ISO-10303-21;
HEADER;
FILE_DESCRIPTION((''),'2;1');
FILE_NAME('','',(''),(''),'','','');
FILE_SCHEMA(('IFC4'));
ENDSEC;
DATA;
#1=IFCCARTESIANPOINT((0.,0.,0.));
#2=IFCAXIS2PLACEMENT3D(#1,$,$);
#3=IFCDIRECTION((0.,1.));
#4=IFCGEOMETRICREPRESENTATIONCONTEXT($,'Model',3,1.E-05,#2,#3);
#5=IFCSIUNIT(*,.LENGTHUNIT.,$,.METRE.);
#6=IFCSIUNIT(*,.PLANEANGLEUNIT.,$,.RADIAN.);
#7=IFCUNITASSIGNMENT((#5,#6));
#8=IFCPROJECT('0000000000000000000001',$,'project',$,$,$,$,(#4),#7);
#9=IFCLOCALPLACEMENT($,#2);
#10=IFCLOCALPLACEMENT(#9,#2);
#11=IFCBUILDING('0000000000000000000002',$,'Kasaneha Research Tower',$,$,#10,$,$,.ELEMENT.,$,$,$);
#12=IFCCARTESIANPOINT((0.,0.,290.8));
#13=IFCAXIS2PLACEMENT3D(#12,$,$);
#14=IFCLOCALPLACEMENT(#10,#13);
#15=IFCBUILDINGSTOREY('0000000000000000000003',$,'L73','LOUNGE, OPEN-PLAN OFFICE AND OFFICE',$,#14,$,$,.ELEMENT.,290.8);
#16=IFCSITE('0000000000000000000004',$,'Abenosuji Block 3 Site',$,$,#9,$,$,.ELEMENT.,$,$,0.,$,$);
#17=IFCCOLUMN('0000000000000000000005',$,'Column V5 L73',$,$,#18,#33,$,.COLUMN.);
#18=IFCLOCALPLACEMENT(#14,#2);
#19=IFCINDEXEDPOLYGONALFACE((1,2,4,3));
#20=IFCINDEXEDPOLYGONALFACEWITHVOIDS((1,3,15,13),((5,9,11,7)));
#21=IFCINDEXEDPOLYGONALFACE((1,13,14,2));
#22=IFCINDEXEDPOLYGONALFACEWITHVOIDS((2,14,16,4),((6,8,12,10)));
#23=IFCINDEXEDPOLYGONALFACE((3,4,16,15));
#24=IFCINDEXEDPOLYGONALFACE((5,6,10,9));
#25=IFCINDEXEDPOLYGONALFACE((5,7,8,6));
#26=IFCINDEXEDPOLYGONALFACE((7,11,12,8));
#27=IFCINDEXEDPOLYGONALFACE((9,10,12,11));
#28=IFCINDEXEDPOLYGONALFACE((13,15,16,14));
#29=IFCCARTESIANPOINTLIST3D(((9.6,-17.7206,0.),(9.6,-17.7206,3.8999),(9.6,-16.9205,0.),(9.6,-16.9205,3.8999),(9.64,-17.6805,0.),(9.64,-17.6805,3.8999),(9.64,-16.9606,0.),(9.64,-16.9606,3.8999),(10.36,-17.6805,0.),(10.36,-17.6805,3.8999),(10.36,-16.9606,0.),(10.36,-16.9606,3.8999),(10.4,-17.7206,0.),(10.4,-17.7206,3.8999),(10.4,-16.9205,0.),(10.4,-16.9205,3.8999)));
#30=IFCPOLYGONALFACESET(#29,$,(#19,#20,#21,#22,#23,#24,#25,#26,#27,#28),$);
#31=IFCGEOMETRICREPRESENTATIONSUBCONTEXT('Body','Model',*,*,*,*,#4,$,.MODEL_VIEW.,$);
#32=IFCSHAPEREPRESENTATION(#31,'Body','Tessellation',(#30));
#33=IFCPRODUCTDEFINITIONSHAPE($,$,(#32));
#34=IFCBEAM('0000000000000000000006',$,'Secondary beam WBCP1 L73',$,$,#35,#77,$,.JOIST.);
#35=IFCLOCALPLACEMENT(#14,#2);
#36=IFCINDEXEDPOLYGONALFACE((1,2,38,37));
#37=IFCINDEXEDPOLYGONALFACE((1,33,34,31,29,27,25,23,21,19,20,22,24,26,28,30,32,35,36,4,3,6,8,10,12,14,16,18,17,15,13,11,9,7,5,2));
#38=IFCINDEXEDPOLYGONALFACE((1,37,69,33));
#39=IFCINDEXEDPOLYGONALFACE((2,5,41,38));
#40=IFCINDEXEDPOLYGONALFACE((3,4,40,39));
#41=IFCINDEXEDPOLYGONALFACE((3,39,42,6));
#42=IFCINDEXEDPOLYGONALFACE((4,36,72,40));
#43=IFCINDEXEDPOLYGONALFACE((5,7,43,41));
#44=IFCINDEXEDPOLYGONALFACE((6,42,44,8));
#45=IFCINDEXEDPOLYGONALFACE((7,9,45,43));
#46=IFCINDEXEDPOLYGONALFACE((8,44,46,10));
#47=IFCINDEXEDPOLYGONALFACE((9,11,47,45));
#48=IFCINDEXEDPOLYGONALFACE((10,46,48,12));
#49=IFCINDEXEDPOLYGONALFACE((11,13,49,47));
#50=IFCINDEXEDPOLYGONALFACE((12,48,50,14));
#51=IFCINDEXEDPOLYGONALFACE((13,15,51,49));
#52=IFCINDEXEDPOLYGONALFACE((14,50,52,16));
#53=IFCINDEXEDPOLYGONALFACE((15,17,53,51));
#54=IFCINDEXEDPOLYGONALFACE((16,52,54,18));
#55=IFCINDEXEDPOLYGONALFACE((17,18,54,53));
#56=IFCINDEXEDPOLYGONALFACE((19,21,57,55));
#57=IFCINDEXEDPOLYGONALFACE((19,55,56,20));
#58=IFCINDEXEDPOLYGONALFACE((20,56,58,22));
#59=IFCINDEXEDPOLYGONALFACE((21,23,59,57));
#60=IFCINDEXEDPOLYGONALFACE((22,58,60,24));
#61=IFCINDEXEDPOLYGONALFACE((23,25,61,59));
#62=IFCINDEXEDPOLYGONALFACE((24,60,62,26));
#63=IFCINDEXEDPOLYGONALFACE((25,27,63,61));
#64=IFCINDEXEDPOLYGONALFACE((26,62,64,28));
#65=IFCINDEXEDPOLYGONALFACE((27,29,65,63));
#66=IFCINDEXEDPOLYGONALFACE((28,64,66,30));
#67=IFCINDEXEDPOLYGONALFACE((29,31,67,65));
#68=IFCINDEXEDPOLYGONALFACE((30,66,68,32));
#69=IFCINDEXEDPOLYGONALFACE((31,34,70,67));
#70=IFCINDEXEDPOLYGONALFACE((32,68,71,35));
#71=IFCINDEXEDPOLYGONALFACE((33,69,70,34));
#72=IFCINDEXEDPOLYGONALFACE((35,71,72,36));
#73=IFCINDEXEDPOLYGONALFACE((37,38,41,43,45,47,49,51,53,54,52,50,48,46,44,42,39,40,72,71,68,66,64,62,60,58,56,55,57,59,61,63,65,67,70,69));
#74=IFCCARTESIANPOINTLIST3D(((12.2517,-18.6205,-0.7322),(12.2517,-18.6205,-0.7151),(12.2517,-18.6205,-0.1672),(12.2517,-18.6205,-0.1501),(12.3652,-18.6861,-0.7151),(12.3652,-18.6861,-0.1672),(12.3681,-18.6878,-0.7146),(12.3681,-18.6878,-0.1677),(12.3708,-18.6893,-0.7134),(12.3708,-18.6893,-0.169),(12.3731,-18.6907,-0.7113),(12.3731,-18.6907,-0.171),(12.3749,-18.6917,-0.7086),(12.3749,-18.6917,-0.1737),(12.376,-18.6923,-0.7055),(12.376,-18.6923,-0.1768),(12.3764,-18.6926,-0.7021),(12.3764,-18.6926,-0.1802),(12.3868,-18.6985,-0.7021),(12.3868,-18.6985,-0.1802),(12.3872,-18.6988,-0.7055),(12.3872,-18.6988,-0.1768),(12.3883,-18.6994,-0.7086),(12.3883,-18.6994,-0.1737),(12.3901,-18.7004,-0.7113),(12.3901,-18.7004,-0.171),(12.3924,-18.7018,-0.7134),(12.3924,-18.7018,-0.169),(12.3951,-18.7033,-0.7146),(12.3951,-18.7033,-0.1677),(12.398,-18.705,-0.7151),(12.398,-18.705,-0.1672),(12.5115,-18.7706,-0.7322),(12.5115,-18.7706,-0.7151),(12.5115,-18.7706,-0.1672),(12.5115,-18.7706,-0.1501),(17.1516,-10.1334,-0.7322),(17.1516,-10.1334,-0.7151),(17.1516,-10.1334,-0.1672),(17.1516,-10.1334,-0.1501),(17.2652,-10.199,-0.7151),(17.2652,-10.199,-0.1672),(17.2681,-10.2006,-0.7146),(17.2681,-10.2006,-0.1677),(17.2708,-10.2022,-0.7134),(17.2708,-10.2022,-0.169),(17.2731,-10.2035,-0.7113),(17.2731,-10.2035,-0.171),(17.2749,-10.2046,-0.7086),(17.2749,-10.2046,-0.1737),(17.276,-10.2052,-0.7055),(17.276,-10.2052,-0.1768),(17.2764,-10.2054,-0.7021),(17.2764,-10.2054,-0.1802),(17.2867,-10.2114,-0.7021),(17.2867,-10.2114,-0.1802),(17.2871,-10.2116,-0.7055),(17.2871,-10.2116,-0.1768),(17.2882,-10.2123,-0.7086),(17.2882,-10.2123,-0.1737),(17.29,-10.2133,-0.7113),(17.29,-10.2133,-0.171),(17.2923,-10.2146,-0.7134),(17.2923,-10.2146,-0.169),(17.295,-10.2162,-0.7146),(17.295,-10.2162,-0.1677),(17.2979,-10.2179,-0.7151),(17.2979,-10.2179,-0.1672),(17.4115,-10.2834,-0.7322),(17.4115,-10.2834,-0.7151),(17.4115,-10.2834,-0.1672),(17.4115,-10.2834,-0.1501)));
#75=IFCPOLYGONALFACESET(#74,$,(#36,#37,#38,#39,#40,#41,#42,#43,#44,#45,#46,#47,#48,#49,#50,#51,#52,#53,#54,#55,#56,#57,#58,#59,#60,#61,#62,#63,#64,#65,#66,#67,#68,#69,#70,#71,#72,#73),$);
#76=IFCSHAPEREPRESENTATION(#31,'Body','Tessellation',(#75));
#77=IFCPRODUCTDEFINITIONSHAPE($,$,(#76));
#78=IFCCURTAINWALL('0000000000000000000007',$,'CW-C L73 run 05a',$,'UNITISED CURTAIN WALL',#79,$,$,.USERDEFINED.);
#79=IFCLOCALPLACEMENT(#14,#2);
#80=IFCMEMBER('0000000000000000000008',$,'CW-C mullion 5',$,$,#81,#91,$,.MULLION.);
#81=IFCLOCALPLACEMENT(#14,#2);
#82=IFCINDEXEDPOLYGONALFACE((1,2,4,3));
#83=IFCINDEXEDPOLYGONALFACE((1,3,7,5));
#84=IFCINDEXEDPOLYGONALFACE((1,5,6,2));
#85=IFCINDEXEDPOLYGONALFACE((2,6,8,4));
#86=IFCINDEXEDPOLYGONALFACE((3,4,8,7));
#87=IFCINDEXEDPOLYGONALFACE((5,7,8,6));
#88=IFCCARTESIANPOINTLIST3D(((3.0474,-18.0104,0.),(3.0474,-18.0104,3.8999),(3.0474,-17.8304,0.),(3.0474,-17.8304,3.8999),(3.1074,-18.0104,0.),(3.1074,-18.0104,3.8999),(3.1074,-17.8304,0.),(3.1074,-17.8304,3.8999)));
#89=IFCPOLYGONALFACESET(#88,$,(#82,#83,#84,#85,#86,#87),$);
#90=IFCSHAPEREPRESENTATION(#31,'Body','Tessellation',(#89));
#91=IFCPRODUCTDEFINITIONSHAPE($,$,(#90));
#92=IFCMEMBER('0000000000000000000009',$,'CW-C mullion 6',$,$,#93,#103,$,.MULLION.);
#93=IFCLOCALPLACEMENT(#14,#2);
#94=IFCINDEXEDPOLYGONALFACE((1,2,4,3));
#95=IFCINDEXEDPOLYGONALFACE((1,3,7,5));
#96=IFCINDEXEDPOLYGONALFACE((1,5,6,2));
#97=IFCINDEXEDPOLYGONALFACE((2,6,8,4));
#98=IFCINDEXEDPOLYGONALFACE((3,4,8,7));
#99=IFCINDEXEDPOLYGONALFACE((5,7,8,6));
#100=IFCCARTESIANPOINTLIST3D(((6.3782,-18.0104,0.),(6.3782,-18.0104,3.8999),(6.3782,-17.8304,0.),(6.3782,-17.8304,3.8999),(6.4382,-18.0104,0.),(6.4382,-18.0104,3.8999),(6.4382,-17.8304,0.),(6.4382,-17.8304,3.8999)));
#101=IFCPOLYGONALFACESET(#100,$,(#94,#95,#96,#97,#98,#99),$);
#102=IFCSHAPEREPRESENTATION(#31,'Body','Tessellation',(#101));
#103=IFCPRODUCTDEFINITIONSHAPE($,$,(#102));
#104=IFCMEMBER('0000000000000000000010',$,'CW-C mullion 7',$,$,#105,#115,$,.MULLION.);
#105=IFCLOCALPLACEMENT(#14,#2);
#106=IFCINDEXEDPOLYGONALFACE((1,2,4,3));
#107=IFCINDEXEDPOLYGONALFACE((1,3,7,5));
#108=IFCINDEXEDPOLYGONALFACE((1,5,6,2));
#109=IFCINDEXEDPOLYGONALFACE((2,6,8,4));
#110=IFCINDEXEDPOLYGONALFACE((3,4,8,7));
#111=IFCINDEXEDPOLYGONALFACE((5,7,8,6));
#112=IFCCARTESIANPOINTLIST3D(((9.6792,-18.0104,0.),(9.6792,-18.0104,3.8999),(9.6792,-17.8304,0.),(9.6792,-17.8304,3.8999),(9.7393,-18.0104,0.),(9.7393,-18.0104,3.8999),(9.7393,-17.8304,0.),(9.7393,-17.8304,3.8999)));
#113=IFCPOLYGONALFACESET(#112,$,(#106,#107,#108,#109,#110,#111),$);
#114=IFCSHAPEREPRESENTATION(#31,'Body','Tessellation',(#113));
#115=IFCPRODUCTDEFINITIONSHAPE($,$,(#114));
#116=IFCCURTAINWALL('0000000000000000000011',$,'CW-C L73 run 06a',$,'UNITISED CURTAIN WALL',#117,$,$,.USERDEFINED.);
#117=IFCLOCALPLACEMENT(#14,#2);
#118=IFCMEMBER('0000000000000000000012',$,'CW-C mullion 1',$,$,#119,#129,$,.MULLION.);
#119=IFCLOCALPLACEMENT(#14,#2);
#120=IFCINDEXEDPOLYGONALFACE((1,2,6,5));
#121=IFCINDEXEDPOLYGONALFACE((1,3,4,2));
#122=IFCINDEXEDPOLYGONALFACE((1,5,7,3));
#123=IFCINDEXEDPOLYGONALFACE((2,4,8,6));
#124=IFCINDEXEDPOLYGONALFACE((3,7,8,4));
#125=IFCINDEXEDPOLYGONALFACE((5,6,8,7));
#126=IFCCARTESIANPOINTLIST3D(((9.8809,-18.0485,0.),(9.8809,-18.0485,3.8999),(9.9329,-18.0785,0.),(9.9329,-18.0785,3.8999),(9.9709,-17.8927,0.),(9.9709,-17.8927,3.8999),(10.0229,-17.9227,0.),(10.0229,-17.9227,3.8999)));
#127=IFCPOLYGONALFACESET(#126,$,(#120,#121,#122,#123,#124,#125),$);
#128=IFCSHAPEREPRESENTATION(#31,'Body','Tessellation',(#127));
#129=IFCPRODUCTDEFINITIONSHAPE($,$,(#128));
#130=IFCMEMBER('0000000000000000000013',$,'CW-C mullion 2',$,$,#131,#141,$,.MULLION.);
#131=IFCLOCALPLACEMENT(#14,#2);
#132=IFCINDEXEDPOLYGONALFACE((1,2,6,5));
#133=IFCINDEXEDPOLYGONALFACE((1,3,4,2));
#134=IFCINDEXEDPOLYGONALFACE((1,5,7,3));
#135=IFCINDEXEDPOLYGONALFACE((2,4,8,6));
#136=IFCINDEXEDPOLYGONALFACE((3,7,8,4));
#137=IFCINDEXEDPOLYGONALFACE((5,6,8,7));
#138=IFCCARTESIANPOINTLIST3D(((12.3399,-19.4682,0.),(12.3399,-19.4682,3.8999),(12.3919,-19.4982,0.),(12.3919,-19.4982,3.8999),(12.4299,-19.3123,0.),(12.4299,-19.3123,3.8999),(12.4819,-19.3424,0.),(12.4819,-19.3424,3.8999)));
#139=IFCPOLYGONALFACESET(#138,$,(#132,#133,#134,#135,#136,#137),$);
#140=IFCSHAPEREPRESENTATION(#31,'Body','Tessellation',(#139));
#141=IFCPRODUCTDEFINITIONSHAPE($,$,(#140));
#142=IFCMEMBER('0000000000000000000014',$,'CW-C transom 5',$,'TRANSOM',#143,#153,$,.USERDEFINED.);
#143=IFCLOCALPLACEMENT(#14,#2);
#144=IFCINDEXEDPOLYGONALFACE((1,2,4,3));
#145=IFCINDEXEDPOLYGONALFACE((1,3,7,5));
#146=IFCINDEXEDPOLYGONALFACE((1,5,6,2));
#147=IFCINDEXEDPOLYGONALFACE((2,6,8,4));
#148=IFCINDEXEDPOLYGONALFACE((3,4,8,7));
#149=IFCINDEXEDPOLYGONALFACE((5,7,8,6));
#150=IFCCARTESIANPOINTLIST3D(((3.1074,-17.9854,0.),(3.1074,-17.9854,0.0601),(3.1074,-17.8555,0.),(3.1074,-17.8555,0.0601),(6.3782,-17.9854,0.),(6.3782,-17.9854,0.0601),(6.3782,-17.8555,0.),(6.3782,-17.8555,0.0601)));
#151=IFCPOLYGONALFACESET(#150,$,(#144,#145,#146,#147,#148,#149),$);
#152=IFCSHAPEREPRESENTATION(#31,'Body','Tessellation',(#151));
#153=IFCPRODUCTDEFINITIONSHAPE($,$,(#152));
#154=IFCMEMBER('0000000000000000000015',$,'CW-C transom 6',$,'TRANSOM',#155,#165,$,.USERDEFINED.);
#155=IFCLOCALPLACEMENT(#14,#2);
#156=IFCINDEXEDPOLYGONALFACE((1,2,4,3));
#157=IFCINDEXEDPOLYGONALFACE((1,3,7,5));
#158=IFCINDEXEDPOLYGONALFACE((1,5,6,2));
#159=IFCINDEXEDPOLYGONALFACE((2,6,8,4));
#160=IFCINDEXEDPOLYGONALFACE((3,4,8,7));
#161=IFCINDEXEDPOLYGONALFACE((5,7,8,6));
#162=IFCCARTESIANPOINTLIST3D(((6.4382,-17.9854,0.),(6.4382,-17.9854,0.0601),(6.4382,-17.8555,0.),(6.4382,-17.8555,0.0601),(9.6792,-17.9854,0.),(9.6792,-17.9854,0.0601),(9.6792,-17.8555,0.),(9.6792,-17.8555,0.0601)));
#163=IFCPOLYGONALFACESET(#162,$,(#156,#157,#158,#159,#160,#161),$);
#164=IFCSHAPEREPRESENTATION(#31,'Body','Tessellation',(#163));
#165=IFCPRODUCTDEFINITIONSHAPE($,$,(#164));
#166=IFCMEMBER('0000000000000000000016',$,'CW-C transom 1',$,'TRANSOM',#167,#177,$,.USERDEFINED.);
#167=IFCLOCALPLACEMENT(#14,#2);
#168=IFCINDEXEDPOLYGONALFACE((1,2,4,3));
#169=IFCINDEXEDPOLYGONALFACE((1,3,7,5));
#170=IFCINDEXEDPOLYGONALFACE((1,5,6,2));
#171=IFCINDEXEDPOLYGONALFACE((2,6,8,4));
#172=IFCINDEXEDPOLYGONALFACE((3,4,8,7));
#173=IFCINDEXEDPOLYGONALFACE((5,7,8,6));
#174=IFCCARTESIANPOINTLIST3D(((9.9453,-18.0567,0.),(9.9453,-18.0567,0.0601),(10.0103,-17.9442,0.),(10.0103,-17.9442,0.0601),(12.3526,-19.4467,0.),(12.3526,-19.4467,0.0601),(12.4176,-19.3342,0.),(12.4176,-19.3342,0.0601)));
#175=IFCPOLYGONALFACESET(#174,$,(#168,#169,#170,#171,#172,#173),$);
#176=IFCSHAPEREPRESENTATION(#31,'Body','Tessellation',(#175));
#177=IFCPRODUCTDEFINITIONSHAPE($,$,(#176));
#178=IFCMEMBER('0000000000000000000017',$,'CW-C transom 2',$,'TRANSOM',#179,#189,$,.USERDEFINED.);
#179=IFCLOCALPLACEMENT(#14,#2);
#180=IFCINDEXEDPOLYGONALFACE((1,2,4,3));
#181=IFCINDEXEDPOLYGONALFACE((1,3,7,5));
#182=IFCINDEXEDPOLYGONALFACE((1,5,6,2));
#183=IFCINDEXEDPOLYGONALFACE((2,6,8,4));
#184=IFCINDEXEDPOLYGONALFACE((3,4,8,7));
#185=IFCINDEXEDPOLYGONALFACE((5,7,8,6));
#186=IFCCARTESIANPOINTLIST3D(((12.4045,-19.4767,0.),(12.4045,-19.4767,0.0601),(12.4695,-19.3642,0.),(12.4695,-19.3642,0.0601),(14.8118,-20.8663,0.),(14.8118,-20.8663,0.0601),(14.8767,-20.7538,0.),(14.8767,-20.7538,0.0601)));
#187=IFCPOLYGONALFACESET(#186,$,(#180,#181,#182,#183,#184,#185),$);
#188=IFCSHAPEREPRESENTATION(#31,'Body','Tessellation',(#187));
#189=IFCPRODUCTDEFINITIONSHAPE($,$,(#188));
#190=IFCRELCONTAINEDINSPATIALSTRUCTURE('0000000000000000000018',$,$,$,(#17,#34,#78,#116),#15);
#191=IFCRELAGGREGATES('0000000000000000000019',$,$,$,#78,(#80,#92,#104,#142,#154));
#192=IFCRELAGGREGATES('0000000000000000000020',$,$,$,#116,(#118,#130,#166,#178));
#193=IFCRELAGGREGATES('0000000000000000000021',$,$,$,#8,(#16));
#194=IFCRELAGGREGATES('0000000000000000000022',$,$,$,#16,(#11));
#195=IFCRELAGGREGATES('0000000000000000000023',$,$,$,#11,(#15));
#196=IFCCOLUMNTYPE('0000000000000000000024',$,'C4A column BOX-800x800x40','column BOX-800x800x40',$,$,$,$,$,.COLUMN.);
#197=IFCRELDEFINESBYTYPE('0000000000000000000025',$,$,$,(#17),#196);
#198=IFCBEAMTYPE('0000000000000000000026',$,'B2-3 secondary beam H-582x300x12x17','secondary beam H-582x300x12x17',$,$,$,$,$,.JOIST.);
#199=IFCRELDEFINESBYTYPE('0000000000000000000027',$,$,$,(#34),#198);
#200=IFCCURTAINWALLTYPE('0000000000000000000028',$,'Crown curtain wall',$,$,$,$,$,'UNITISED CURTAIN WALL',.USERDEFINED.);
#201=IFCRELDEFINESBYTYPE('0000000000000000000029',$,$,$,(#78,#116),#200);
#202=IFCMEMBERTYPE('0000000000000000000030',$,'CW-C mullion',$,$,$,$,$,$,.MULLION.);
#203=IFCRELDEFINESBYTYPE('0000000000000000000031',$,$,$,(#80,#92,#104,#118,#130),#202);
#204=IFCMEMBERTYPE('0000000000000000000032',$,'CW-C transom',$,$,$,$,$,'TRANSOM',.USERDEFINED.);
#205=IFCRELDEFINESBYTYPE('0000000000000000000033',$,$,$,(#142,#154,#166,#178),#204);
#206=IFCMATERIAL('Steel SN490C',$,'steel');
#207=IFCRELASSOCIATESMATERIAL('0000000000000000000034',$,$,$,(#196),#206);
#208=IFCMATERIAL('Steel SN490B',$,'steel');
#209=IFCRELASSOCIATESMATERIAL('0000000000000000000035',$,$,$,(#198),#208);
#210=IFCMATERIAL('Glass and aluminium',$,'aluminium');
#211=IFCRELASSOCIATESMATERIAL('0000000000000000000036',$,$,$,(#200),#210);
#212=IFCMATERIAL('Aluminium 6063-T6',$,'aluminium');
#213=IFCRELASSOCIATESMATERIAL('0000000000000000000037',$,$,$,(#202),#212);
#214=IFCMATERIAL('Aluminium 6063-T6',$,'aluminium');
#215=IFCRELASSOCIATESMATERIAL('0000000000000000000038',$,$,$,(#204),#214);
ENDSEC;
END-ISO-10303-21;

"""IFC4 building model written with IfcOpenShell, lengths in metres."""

from ifc_helpers import new_model, si_unit, direction, frame, origin, origin_2d, place, context, subcontext, project, spatial, rectangle, hollow_rectangle, i_section, extrude, material, material_profile, profile_set, type_object, element, aggregate, save


model = new_model("IFC4")

# Units and contexts
model_context = context("Model", 3, precision=1e-05, world=origin(), true_north=direction((0.0, 1.0)))
body_context = subcontext(model_context, "Body", "Model", "MODEL_VIEW")
ifc_project = project(units=[si_unit("LENGTHUNIT", "METRE"), si_unit("PLANEANGLEUNIT", "RADIAN")], contexts=[model_context])

# Site, building, storey
site_placement = place(None, origin())
site = spatial("IfcSite", under=ifc_project, at=site_placement, Name="Abenosuji Block 3 Site", CompositionType="ELEMENT", RefElevation=0.0)
building_placement = place(site_placement, origin())
building = spatial("IfcBuilding", under=site, at=building_placement, Name="Kasaneha Research Tower", CompositionType="ELEMENT")
storey_placement = place(building_placement, frame((0.0, 0.0, 290.8)))
storey = spatial("IfcBuildingStorey", under=building, at=storey_placement, Name="L73", Description="LOUNGE, OPEN-PLAN OFFICE AND OFFICE", CompositionType="ELEMENT", Elevation=290.8)

# Column
ifc_material_1 = material(Name="Steel SN490C", Category="steel")
ifc_material_profile_1 = material_profile(ifc_material_1, hollow_rectangle(XDim=0.8, YDim=0.8, WallThickness=0.04, at=origin_2d()), Name="BOX-800x800x40")
ifc_profile_set_1 = profile_set([ifc_material_profile_1], Name="Steel SN490C")
column_type = type_object("IfcColumnType", Name="C4A column BOX-800x800x40", Description="column BOX-800x800x40", PredefinedType="COLUMN", material=ifc_profile_set_1)
column_placement = place(storey_placement, frame((10.0, -17.3206, 0.0), z_axis=(0.0, 0.0, 1.0), x_axis=(1.0, 0.0, 0.0)))
element("IfcColumn", 1, at=column_placement, inside=storey, type_object=column_type, Name="Column V5 L73", PredefinedType="COLUMN", context=body_context, shape_type="SweptSolid", body=[
    extrude(hollow_rectangle(XDim=0.8, YDim=0.8, WallThickness=0.04, at=origin_2d()), origin(), (0.0, 0.0, 1.0), 3.8999),
])

# Beam
ifc_material_2 = material(Name="Steel SN490B", Category="steel")
ifc_material_profile_2 = material_profile(ifc_material_2, i_section(OverallWidth=0.3, OverallDepth=0.582, WebThickness=0.012, FlangeThickness=0.0171, FilletRadius=0.0129, at=origin_2d()), Name="H-582x300x12x17")
ifc_profile_set_2 = profile_set([ifc_material_profile_2], Name="Steel SN490B")
beam_type_1 = type_object("IfcBeamType", Name="B2-3 secondary beam H-582x300x12x17", Description="secondary beam H-582x300x12x17", PredefinedType="JOIST", material=ifc_profile_set_2)
beam_1_placement = place(storey_placement, frame((12.3816, -18.6956, -0.4412), z_axis=(0.499992, 0.86603, 0.0), x_axis=(-0.86603, 0.499992, 0.0)))
element("IfcBeam", 2, at=beam_1_placement, inside=storey, type_object=beam_type_1, Name="Secondary beam WBCP1 L73", PredefinedType="JOIST", context=body_context, shape_type="SweptSolid", body=[
    extrude(i_section(OverallWidth=0.3, OverallDepth=0.582, WebThickness=0.012, FlangeThickness=0.0171, FilletRadius=0.0129, at=origin_2d()), origin(), (0.0, 0.0, 1.0), 9.8),
])

# Curtain walls, members
ifc_material_3 = material(Name="Glass and aluminium", Category="aluminium")
curtain_wall_type = type_object("IfcCurtainWallType", Name="Crown curtain wall", ElementType="UNITISED CURTAIN WALL", PredefinedType="USERDEFINED", material=ifc_material_3)
curtain_wall_1_placement = place(storey_placement, origin())
curtain_wall_1 = element("IfcCurtainWall", 3, at=curtain_wall_1_placement, inside=storey, type_object=curtain_wall_type, Name="CW-C L73 run 05a", ObjectType="UNITISED CURTAIN WALL", PredefinedType="USERDEFINED")
ifc_material_4 = material(Name="Aluminium 6063-T6", Category="aluminium")
ifc_material_profile_3 = material_profile(ifc_material_4, rectangle(XDim=0.0601, YDim=0.1799, at=origin_2d()), Name="CW-C mullion 60x180")
ifc_profile_set_3 = profile_set([ifc_material_profile_3], Name="Aluminium 6063-T6")
member_type_1 = type_object("IfcMemberType", Name="CW-C mullion", PredefinedType="MULLION", material=ifc_profile_set_3)
member_1_placement = place(storey_placement, frame((3.0774, -17.9204, 0.0), z_axis=(0.0, 0.0, 1.0), x_axis=(1.0, 0.0, 0.0)))
member_1 = element("IfcMember", 4, at=member_1_placement, type_object=member_type_1, Name="CW-C mullion 5", PredefinedType="MULLION", context=body_context, shape_type="SweptSolid", body=[
    extrude(rectangle(XDim=0.0601, YDim=0.1799, at=origin_2d()), origin(), (0.0, 0.0, 1.0), 3.8999),
])
member_2_placement = place(storey_placement, frame((6.4082, -17.9204, 0.0), z_axis=(0.0, 0.0, 1.0), x_axis=(1.0, 0.0, 0.0)))
member_2 = element("IfcMember", 5, at=member_2_placement, type_object=member_type_1, Name="CW-C mullion 6", PredefinedType="MULLION", context=body_context, shape_type="SweptSolid", body=[
    extrude(rectangle(XDim=0.0601, YDim=0.1799, at=origin_2d()), origin(), (0.0, 0.0, 1.0), 3.8999),
])
member_3_placement = place(storey_placement, frame((9.7092, -17.9204, 0.0), z_axis=(0.0, 0.0, 1.0), x_axis=(1.0, 0.0, 0.0)))
member_3 = element("IfcMember", 6, at=member_3_placement, type_object=member_type_1, Name="CW-C mullion 7", PredefinedType="MULLION", context=body_context, shape_type="SweptSolid", body=[
    extrude(rectangle(XDim=0.0601, YDim=0.1799, at=origin_2d()), origin(), (0.0, 0.0, 1.0), 3.8999),
])
curtain_wall_2_placement = place(storey_placement, origin())
curtain_wall_2 = element("IfcCurtainWall", 7, at=curtain_wall_2_placement, inside=storey, type_object=curtain_wall_type, Name="CW-C L73 run 06a", ObjectType="UNITISED CURTAIN WALL", PredefinedType="USERDEFINED")
member_4_placement = place(storey_placement, frame((9.9519, -17.9856, 0.0), z_axis=(0.0, 0.0, 1.0), x_axis=(0.866025, -0.5, 0.0)))
member_4 = element("IfcMember", 8, at=member_4_placement, type_object=member_type_1, Name="CW-C mullion 1", PredefinedType="MULLION", context=body_context, shape_type="SweptSolid", body=[
    extrude(rectangle(XDim=0.0601, YDim=0.1799, at=origin_2d()), origin(), (0.0, 0.0, 1.0), 3.8999),
])
member_5_placement = place(storey_placement, frame((12.4109, -19.4053, 0.0), z_axis=(0.0, 0.0, 1.0), x_axis=(0.866025, -0.5, 0.0)))
member_5 = element("IfcMember", 9, at=member_5_placement, type_object=member_type_1, Name="CW-C mullion 2", PredefinedType="MULLION", context=body_context, shape_type="SweptSolid", body=[
    extrude(rectangle(XDim=0.0601, YDim=0.1799, at=origin_2d()), origin(), (0.0, 0.0, 1.0), 3.8999),
])

# Members
ifc_material_5 = material(Name="Aluminium 6063-T6", Category="aluminium")
ifc_material_profile_4 = material_profile(ifc_material_5, rectangle(XDim=0.1299, YDim=0.0601, at=origin_2d()), Name="CW-C transom 130x60")
ifc_profile_set_4 = profile_set([ifc_material_profile_4], Name="Aluminium 6063-T6")
member_type_2 = type_object("IfcMemberType", Name="CW-C transom", ElementType="TRANSOM", PredefinedType="USERDEFINED", material=ifc_profile_set_4)
member_6_placement = place(storey_placement, frame((3.1074, -17.9204, 0.03), z_axis=(1.0, 0.0, 0.0), x_axis=(0.0, 1.0, 0.0)))
member_6 = element("IfcMember", 10, at=member_6_placement, type_object=member_type_2, Name="CW-C transom 5", ObjectType="TRANSOM", PredefinedType="USERDEFINED", context=body_context, shape_type="SweptSolid", body=[
    extrude(rectangle(XDim=0.1299, YDim=0.0601, at=origin_2d()), origin(), (0.0, 0.0, 1.0), 3.2708),
])
member_7_placement = place(storey_placement, frame((6.4382, -17.9204, 0.03), z_axis=(1.0, 0.0, 0.0), x_axis=(0.0, 1.0, 0.0)))
member_7 = element("IfcMember", 11, at=member_7_placement, type_object=member_type_2, Name="CW-C transom 6", ObjectType="TRANSOM", PredefinedType="USERDEFINED", context=body_context, shape_type="SweptSolid", body=[
    extrude(rectangle(XDim=0.1299, YDim=0.0601, at=origin_2d()), origin(), (0.0, 0.0, 1.0), 3.241),
])
member_8_placement = place(storey_placement, frame((9.9778, -18.0005, 0.03), z_axis=(0.866013, -0.500021, 0.0), x_axis=(0.500021, 0.866013, 0.0)))
member_8 = element("IfcMember", 12, at=member_8_placement, type_object=member_type_2, Name="CW-C transom 1", ObjectType="TRANSOM", PredefinedType="USERDEFINED", context=body_context, shape_type="SweptSolid", body=[
    extrude(rectangle(XDim=0.1299, YDim=0.0601, at=origin_2d()), origin(), (0.0, 0.0, 1.0), 2.7798),
])
member_9_placement = place(storey_placement, frame((12.437, -19.4204, 0.03), z_axis=(0.866051, -0.499956, 0.0), x_axis=(0.499956, 0.866051, 0.0)))
member_9 = element("IfcMember", 13, at=member_9_placement, type_object=member_type_2, Name="CW-C transom 2", ObjectType="TRANSOM", PredefinedType="USERDEFINED", context=body_context, shape_type="SweptSolid", body=[
    extrude(rectangle(XDim=0.1299, YDim=0.0601, at=origin_2d()), origin(), (0.0, 0.0, 1.0), 2.7795),
])

aggregate(curtain_wall_1, [member_1, member_2, member_3, member_6, member_7])
aggregate(curtain_wall_2, [member_4, member_5, member_8, member_9])

save(model, "model.ifc")
